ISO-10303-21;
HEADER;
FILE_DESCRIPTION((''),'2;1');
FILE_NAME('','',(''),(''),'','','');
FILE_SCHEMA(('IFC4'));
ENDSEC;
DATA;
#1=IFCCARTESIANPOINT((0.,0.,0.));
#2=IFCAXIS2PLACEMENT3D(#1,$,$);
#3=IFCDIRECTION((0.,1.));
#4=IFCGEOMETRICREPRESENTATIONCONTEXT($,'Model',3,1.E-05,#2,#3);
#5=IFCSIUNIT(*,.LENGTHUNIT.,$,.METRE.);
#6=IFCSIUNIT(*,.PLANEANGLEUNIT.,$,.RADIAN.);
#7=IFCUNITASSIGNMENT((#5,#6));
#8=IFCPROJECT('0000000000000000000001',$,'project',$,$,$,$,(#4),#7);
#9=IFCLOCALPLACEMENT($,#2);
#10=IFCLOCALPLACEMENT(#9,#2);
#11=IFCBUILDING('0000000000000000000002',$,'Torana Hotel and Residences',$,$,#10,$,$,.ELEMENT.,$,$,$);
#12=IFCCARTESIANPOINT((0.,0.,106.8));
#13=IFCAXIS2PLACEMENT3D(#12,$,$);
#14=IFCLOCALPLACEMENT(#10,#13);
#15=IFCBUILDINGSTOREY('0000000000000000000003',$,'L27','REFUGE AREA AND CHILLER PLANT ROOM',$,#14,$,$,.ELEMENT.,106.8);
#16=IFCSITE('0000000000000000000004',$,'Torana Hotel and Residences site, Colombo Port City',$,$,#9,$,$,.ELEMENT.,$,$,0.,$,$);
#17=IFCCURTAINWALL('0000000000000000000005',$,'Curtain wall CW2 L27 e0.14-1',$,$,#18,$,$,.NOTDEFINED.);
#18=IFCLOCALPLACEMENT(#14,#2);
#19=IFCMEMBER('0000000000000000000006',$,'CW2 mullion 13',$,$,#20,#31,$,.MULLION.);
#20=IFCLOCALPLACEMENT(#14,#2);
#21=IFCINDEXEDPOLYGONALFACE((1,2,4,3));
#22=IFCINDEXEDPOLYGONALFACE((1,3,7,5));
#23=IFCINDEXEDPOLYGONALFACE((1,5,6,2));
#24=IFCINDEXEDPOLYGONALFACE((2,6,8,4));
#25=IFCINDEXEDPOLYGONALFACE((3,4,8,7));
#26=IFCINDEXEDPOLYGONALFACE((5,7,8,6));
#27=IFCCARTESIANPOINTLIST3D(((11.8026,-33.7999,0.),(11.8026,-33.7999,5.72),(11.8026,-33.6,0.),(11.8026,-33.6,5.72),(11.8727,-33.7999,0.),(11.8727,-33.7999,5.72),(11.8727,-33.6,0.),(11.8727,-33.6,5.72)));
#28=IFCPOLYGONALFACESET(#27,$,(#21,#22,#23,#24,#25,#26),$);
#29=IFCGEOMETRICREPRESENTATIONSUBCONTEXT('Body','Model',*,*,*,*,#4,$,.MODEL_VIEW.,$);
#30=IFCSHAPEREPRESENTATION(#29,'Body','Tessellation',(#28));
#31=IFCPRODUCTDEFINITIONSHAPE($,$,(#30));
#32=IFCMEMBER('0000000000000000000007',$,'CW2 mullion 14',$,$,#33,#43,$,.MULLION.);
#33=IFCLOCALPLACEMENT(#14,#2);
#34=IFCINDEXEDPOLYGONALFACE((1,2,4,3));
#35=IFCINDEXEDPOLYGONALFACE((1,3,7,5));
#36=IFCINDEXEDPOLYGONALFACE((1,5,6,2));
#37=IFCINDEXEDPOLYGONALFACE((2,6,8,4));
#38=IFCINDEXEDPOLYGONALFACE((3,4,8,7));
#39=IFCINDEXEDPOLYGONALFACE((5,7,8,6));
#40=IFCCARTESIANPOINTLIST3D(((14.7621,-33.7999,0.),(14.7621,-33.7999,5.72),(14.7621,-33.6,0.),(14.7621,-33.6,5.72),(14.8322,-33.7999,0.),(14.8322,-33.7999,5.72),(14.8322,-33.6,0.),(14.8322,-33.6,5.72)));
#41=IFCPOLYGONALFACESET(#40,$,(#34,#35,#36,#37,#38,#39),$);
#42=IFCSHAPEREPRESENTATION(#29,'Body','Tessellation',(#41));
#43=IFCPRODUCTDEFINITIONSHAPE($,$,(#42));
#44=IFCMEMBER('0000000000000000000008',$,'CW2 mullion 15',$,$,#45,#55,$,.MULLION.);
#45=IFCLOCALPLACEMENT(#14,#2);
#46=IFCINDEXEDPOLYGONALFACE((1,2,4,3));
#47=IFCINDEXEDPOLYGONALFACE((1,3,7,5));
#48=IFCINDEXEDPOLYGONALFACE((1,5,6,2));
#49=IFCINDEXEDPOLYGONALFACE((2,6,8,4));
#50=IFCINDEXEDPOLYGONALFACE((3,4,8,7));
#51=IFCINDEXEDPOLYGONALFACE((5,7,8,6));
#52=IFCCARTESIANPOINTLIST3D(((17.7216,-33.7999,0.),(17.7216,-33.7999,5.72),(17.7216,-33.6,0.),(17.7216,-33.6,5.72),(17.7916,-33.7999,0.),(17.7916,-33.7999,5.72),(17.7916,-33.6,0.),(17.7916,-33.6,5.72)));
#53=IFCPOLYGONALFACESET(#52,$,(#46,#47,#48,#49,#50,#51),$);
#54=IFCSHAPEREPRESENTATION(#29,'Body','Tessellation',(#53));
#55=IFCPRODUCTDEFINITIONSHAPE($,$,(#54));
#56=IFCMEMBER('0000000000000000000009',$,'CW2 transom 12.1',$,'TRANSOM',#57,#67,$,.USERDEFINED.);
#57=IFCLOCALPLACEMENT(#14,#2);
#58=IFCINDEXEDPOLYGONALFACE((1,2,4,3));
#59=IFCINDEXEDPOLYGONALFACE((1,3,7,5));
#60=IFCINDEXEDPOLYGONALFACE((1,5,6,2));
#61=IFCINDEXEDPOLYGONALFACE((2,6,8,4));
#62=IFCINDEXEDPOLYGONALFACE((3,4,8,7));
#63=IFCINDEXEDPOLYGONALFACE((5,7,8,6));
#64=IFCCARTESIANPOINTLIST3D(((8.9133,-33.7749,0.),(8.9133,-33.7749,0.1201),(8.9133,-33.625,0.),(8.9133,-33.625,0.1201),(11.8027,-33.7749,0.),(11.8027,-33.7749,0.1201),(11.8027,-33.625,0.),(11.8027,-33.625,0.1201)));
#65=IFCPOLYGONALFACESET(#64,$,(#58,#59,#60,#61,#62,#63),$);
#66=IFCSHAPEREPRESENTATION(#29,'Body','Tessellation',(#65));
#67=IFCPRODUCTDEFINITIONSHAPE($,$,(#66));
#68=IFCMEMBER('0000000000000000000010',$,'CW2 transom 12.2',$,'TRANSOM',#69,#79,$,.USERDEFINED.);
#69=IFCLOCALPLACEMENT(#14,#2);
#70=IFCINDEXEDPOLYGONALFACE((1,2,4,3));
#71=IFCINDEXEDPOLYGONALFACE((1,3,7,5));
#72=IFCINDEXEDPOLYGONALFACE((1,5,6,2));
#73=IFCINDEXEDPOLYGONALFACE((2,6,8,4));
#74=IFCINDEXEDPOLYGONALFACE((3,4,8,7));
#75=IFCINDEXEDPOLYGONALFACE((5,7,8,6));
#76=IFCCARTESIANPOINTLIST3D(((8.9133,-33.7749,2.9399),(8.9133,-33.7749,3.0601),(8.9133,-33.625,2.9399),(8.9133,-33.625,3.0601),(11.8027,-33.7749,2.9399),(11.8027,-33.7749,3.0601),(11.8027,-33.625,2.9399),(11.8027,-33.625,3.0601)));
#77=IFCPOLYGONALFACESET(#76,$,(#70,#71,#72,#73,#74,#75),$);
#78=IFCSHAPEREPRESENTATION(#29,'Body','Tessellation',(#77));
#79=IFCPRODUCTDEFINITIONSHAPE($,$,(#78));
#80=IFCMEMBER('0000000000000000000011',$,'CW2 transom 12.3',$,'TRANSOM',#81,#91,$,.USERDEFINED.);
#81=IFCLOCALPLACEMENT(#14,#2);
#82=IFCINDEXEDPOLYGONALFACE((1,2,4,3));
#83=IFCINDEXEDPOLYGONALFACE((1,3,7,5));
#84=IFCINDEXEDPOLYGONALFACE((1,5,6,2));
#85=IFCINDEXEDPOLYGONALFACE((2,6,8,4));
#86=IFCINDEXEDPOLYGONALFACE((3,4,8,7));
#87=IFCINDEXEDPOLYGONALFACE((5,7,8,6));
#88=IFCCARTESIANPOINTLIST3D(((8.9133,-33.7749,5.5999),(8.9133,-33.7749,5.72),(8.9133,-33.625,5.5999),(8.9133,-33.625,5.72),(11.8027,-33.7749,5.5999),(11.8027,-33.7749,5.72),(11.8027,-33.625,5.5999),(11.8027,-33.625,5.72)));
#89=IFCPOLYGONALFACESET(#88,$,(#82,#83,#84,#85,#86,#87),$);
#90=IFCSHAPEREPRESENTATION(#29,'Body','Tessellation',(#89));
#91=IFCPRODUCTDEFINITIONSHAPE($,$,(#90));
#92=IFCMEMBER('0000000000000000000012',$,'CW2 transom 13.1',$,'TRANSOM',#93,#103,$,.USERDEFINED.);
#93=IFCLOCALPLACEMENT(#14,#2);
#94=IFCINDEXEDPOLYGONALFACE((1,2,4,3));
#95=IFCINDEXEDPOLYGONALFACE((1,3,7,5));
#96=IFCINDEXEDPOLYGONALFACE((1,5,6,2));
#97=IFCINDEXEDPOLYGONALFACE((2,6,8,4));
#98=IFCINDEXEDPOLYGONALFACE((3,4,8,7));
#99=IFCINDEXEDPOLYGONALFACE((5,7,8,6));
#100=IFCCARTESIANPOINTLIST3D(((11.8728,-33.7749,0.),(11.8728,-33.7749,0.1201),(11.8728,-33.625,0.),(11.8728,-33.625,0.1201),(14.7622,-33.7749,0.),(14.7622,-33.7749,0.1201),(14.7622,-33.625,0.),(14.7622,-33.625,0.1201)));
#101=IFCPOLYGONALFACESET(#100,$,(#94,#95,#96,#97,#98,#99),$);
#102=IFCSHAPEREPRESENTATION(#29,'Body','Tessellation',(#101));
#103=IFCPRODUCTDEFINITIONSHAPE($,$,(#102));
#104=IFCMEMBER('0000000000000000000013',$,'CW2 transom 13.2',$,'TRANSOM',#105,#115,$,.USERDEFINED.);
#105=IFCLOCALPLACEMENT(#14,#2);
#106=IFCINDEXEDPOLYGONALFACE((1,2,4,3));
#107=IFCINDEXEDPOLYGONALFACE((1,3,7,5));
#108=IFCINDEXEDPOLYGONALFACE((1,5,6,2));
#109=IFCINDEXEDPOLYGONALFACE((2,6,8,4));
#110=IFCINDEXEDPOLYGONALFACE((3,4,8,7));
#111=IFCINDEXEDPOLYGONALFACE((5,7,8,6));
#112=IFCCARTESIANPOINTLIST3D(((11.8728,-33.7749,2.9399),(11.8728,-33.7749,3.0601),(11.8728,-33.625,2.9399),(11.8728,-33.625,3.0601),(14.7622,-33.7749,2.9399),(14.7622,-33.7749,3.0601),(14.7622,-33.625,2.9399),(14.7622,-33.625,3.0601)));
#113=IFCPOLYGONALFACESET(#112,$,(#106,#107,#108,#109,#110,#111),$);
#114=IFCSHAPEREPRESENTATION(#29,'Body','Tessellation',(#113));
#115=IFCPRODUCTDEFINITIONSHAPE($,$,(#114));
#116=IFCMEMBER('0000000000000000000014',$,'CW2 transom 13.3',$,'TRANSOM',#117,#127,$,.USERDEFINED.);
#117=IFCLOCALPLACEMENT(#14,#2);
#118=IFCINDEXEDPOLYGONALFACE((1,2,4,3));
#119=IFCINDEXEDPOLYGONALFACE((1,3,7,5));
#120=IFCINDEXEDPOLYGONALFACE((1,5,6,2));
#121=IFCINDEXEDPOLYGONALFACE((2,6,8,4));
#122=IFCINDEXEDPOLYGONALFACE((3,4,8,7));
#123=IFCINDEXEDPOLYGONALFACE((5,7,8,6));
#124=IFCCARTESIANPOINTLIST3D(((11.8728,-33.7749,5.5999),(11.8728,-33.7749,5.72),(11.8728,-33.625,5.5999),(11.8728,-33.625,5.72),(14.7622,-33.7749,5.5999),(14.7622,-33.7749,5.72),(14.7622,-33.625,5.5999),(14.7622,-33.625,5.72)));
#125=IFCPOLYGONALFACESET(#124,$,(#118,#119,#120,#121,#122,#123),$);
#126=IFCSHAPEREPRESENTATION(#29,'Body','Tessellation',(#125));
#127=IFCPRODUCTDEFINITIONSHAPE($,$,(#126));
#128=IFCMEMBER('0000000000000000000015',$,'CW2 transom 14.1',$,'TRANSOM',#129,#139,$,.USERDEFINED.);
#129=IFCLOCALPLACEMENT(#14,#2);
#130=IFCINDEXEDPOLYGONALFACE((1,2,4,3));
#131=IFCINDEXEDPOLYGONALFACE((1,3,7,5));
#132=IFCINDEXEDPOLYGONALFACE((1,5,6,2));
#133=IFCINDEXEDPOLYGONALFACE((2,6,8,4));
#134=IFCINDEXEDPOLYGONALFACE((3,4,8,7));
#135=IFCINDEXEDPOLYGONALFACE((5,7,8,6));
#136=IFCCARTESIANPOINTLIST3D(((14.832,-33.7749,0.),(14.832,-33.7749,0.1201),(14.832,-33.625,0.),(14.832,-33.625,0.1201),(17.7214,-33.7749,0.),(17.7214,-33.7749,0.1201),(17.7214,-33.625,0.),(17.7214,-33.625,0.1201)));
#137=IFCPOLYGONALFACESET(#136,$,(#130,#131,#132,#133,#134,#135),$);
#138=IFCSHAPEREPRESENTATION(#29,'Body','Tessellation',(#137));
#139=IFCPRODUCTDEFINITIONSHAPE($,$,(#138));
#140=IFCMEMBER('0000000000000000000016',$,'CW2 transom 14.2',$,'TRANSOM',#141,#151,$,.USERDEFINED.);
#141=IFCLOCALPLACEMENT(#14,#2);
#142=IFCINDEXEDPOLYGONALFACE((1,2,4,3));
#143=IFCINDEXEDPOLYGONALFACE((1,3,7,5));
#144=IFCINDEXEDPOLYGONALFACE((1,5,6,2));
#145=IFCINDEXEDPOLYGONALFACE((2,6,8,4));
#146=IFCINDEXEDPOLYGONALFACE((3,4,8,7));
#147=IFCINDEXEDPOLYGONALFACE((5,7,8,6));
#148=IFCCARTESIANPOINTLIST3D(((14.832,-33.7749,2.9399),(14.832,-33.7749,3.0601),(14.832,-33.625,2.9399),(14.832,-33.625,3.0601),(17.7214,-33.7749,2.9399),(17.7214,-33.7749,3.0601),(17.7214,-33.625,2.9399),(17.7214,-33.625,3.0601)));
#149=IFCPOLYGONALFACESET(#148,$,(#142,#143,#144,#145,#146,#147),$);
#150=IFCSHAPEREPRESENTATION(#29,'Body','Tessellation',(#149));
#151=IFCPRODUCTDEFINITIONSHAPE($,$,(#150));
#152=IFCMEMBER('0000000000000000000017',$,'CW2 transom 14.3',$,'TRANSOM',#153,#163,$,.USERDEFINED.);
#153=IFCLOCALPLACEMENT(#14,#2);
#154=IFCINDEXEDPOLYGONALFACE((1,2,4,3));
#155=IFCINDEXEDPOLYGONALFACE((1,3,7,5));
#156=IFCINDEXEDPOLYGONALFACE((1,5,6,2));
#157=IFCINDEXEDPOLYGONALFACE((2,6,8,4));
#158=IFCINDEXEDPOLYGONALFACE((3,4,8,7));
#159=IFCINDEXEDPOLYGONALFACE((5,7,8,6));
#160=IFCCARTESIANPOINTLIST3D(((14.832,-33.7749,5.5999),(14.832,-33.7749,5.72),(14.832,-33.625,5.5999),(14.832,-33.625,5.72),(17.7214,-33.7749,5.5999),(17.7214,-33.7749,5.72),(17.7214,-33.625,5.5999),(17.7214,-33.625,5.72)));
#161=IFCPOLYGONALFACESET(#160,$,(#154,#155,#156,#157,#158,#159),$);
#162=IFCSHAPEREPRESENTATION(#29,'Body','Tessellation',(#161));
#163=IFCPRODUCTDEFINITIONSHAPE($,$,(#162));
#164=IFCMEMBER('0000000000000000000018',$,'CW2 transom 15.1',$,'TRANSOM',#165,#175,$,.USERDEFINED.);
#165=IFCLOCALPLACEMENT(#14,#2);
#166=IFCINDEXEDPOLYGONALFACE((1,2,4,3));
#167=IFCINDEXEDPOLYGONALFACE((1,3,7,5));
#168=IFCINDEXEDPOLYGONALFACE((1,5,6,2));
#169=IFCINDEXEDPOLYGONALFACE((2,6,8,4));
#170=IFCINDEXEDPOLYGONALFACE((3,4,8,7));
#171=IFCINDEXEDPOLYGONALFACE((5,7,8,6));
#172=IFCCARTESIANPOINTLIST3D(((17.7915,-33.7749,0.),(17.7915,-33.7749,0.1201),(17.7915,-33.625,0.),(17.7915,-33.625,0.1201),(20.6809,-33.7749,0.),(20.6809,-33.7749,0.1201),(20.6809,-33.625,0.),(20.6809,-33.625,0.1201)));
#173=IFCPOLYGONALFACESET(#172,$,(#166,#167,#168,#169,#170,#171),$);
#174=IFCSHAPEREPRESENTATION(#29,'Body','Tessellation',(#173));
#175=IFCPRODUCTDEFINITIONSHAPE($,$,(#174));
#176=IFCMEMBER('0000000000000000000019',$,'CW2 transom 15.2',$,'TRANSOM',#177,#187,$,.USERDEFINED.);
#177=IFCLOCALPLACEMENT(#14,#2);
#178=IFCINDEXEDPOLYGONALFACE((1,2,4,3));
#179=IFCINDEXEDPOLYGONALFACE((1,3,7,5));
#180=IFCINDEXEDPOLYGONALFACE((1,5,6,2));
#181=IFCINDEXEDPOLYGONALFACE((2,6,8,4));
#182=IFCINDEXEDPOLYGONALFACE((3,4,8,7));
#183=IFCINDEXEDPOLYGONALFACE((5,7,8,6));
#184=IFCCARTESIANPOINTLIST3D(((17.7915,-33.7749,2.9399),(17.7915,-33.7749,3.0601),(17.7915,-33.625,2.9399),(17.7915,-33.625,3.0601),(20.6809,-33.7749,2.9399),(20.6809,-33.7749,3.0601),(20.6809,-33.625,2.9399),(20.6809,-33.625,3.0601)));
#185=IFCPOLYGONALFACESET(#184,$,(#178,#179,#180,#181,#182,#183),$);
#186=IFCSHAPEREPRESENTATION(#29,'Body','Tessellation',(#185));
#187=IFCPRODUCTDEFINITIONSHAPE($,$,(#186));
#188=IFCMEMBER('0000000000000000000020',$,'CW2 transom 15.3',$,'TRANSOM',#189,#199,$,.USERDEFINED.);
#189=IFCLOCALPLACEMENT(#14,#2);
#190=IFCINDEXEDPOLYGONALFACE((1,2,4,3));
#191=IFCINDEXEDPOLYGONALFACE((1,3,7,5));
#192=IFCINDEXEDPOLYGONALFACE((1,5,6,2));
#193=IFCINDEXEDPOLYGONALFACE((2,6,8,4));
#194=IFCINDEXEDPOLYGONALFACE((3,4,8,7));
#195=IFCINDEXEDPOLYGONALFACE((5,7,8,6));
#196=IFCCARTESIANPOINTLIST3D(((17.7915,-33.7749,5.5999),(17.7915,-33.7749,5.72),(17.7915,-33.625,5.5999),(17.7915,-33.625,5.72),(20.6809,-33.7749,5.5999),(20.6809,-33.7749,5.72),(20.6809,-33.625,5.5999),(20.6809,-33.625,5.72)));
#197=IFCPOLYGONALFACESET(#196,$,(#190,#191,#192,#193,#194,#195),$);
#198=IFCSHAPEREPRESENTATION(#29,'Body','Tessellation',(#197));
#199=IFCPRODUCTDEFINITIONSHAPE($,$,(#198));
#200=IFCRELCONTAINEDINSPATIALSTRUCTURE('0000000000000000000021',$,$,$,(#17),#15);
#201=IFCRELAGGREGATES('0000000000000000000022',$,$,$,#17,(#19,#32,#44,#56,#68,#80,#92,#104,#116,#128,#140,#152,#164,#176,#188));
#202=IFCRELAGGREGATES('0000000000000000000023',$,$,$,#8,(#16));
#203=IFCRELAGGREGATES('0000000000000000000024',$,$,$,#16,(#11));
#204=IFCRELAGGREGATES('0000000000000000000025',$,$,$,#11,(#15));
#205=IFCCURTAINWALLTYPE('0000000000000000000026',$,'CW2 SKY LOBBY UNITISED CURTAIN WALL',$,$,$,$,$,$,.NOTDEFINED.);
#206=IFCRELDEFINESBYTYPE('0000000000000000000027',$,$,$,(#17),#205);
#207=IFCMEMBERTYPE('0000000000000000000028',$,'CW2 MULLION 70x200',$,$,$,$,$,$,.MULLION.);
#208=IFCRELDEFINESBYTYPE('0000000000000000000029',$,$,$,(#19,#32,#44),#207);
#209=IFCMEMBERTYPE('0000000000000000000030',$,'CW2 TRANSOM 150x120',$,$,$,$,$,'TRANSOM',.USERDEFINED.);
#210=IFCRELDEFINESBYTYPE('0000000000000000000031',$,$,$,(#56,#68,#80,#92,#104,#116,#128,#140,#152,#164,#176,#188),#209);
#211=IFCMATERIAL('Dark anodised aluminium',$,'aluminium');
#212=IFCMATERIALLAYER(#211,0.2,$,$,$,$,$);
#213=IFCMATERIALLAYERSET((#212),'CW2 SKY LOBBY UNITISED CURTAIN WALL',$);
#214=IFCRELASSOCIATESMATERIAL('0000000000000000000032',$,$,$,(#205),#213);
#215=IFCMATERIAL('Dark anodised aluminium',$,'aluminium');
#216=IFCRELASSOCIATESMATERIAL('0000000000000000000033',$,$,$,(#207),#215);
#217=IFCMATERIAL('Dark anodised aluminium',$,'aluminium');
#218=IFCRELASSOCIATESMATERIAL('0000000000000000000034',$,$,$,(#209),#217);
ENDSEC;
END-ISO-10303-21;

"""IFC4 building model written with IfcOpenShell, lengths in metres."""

from ifc_helpers import new_model, si_unit, direction, frame, origin, origin_2d, place, context, subcontext, project, spatial, rectangle, extrude, material, layer, layer_set, material_profile, profile_set, type_object, element, aggregate, save


model = new_model("IFC4")

# Units and contexts
model_context = context("Model", 3, precision=1e-05, world=origin(), true_north=direction((0.0, 1.0)))
body_context = subcontext(model_context, "Body", "Model", "MODEL_VIEW")
ifc_project = project(units=[si_unit("LENGTHUNIT", "METRE"), si_unit("PLANEANGLEUNIT", "RADIAN")], contexts=[model_context])

# Site, building, storey
site_placement = place(None, origin())
site = spatial("IfcSite", under=ifc_project, at=site_placement, Name="Torana Hotel and Residences site, Colombo Port City", CompositionType="ELEMENT", RefElevation=0.0)
building_placement = place(site_placement, origin())
building = spatial("IfcBuilding", under=site, at=building_placement, Name="Torana Hotel and Residences", CompositionType="ELEMENT")
storey_placement = place(building_placement, frame((0.0, 0.0, 106.8)))
storey = spatial("IfcBuildingStorey", under=building, at=storey_placement, Name="L27", Description="REFUGE AREA AND CHILLER PLANT ROOM", CompositionType="ELEMENT", Elevation=106.8)

# Curtain wall, members
ifc_material_1 = material(Name="Dark anodised aluminium", Category="aluminium")
ifc_layer_1 = layer(ifc_material_1, 0.2)
ifc_layer_set_1 = layer_set([ifc_layer_1], Name="CW2 SKY LOBBY UNITISED CURTAIN WALL")
curtain_wall_type = type_object("IfcCurtainWallType", Name="CW2 SKY LOBBY UNITISED CURTAIN WALL", PredefinedType="NOTDEFINED", material=ifc_layer_set_1)
curtain_wall_placement = place(storey_placement, origin())
curtain_wall = element("IfcCurtainWall", 1, at=curtain_wall_placement, inside=storey, type_object=curtain_wall_type, Name="Curtain wall CW2 L27 e0.14-1", PredefinedType="NOTDEFINED")
ifc_material_2 = material(Name="Dark anodised aluminium", Category="aluminium")
ifc_material_profile_1 = material_profile(ifc_material_2, rectangle(XDim=0.2, YDim=0.0701, at=origin_2d()), Name="CW2 MULLION 70x200")
ifc_profile_set_1 = profile_set([ifc_material_profile_1], Name="Dark anodised aluminium")
member_type_1 = type_object("IfcMemberType", Name="CW2 MULLION 70x200", PredefinedType="MULLION", material=ifc_profile_set_1)
member_1_placement = place(storey_placement, frame((11.8376, -33.7, 0.0), z_axis=(0.0, 0.0, 1.0), x_axis=(0.0, 1.0, 0.0)))
member_1 = element("IfcMember", 2, at=member_1_placement, type_object=member_type_1, Name="CW2 mullion 13", PredefinedType="MULLION", context=body_context, shape_type="SweptSolid", body=[
    extrude(rectangle(XDim=0.2, YDim=0.0701, at=origin_2d()), origin(), (0.0, 0.0, 1.0), 5.72),
])
member_2_placement = place(storey_placement, frame((14.7971, -33.7, 0.0), z_axis=(0.0, 0.0, 1.0), x_axis=(0.0, 1.0, 0.0)))
member_2 = element("IfcMember", 3, at=member_2_placement, type_object=member_type_1, Name="CW2 mullion 14", PredefinedType="MULLION", context=body_context, shape_type="SweptSolid", body=[
    extrude(rectangle(XDim=0.2, YDim=0.0701, at=origin_2d()), origin(), (0.0, 0.0, 1.0), 5.72),
])
member_3_placement = place(storey_placement, frame((17.7566, -33.7, 0.0), z_axis=(0.0, 0.0, 1.0), x_axis=(0.0, 1.0, 0.0)))
member_3 = element("IfcMember", 4, at=member_3_placement, type_object=member_type_1, Name="CW2 mullion 15", PredefinedType="MULLION", context=body_context, shape_type="SweptSolid", body=[
    extrude(rectangle(XDim=0.2, YDim=0.0701, at=origin_2d()), origin(), (0.0, 0.0, 1.0), 5.72),
])
ifc_material_3 = material(Name="Dark anodised aluminium", Category="aluminium")
ifc_material_profile_2 = material_profile(ifc_material_3, rectangle(XDim=0.1499, YDim=0.1201, at=origin_2d()), Name="CW2 TRANSOM 150x120")
ifc_profile_set_2 = profile_set([ifc_material_profile_2], Name="Dark anodised aluminium")
member_type_2 = type_object("IfcMemberType", Name="CW2 TRANSOM 150x120", ElementType="TRANSOM", PredefinedType="USERDEFINED", material=ifc_profile_set_2)
member_4_placement = place(storey_placement, frame((8.9133, -33.7, 0.0601), z_axis=(1.0, 0.0, 0.0), x_axis=(0.0, 1.0, 0.0)))
member_4 = element("IfcMember", 5, at=member_4_placement, type_object=member_type_2, Name="CW2 transom 12.1", ObjectType="TRANSOM", PredefinedType="USERDEFINED", context=body_context, shape_type="SweptSolid", body=[
    extrude(rectangle(XDim=0.1499, YDim=0.1201, at=origin_2d()), origin(), (0.0, 0.0, 1.0), 2.8894),
])
member_5_placement = place(storey_placement, frame((8.9133, -33.7, 3.0), z_axis=(1.0, 0.0, 0.0), x_axis=(0.0, 1.0, 0.0)))
member_5 = element("IfcMember", 6, at=member_5_placement, type_object=member_type_2, Name="CW2 transom 12.2", ObjectType="TRANSOM", PredefinedType="USERDEFINED", context=body_context, shape_type="SweptSolid", body=[
    extrude(rectangle(XDim=0.1499, YDim=0.1201, at=origin_2d()), origin(), (0.0, 0.0, 1.0), 2.8894),
])
member_6_placement = place(storey_placement, frame((8.9133, -33.7, 5.6599), z_axis=(1.0, 0.0, 0.0), x_axis=(0.0, 1.0, 0.0)))
member_6 = element("IfcMember", 7, at=member_6_placement, type_object=member_type_2, Name="CW2 transom 12.3", ObjectType="TRANSOM", PredefinedType="USERDEFINED", context=body_context, shape_type="SweptSolid", body=[
    extrude(rectangle(XDim=0.1499, YDim=0.1201, at=origin_2d()), origin(), (0.0, 0.0, 1.0), 2.8894),
])
member_7_placement = place(storey_placement, frame((11.8728, -33.7, 0.0601), z_axis=(1.0, 0.0, 0.0), x_axis=(0.0, 1.0, 0.0)))
member_7 = element("IfcMember", 8, at=member_7_placement, type_object=member_type_2, Name="CW2 transom 13.1", ObjectType="TRANSOM", PredefinedType="USERDEFINED", context=body_context, shape_type="SweptSolid", body=[
    extrude(rectangle(XDim=0.1499, YDim=0.1201, at=origin_2d()), origin(), (0.0, 0.0, 1.0), 2.8894),
])
member_8_placement = place(storey_placement, frame((11.8728, -33.7, 3.0), z_axis=(1.0, 0.0, 0.0), x_axis=(0.0, 1.0, 0.0)))
member_8 = element("IfcMember", 9, at=member_8_placement, type_object=member_type_2, Name="CW2 transom 13.2", ObjectType="TRANSOM", PredefinedType="USERDEFINED", context=body_context, shape_type="SweptSolid", body=[
    extrude(rectangle(XDim=0.1499, YDim=0.1201, at=origin_2d()), origin(), (0.0, 0.0, 1.0), 2.8894),
])
member_9_placement = place(storey_placement, frame((11.8728, -33.7, 5.6599), z_axis=(1.0, 0.0, 0.0), x_axis=(0.0, 1.0, 0.0)))
member_9 = element("IfcMember", 10, at=member_9_placement, type_object=member_type_2, Name="CW2 transom 13.3", ObjectType="TRANSOM", PredefinedType="USERDEFINED", context=body_context, shape_type="SweptSolid", body=[
    extrude(rectangle(XDim=0.1499, YDim=0.1201, at=origin_2d()), origin(), (0.0, 0.0, 1.0), 2.8894),
])
member_10_placement = place(storey_placement, frame((14.832, -33.7, 0.0601), z_axis=(1.0, 0.0, 0.0), x_axis=(0.0, 1.0, 0.0)))
member_10 = element("IfcMember", 11, at=member_10_placement, type_object=member_type_2, Name="CW2 transom 14.1", ObjectType="TRANSOM", PredefinedType="USERDEFINED", context=body_context, shape_type="SweptSolid", body=[
    extrude(rectangle(XDim=0.1499, YDim=0.1201, at=origin_2d()), origin(), (0.0, 0.0, 1.0), 2.8894),
])
member_11_placement = place(storey_placement, frame((14.832, -33.7, 3.0), z_axis=(1.0, 0.0, 0.0), x_axis=(0.0, 1.0, 0.0)))
member_11 = element("IfcMember", 12, at=member_11_placement, type_object=member_type_2, Name="CW2 transom 14.2", ObjectType="TRANSOM", PredefinedType="USERDEFINED", context=body_context, shape_type="SweptSolid", body=[
    extrude(rectangle(XDim=0.1499, YDim=0.1201, at=origin_2d()), origin(), (0.0, 0.0, 1.0), 2.8894),
])
member_12_placement = place(storey_placement, frame((14.832, -33.7, 5.6599), z_axis=(1.0, 0.0, 0.0), x_axis=(0.0, 1.0, 0.0)))
member_12 = element("IfcMember", 13, at=member_12_placement, type_object=member_type_2, Name="CW2 transom 14.3", ObjectType="TRANSOM", PredefinedType="USERDEFINED", context=body_context, shape_type="SweptSolid", body=[
    extrude(rectangle(XDim=0.1499, YDim=0.1201, at=origin_2d()), origin(), (0.0, 0.0, 1.0), 2.8894),
])
member_13_placement = place(storey_placement, frame((17.7915, -33.7, 0.0601), z_axis=(1.0, 0.0, 0.0), x_axis=(0.0, 1.0, 0.0)))
member_13 = element("IfcMember", 14, at=member_13_placement, type_object=member_type_2, Name="CW2 transom 15.1", ObjectType="TRANSOM", PredefinedType="USERDEFINED", context=body_context, shape_type="SweptSolid", body=[
    extrude(rectangle(XDim=0.1499, YDim=0.1201, at=origin_2d()), origin(), (0.0, 0.0, 1.0), 2.8894),
])
member_14_placement = place(storey_placement, frame((17.7915, -33.7, 3.0), z_axis=(1.0, 0.0, 0.0), x_axis=(0.0, 1.0, 0.0)))
member_14 = element("IfcMember", 15, at=member_14_placement, type_object=member_type_2, Name="CW2 transom 15.2", ObjectType="TRANSOM", PredefinedType="USERDEFINED", context=body_context, shape_type="SweptSolid", body=[
    extrude(rectangle(XDim=0.1499, YDim=0.1201, at=origin_2d()), origin(), (0.0, 0.0, 1.0), 2.8894),
])
member_15_placement = place(storey_placement, frame((17.7915, -33.7, 5.6599), z_axis=(1.0, 0.0, 0.0), x_axis=(0.0, 1.0, 0.0)))
member_15 = element("IfcMember", 16, at=member_15_placement, type_object=member_type_2, Name="CW2 transom 15.3", ObjectType="TRANSOM", PredefinedType="USERDEFINED", context=body_context, shape_type="SweptSolid", body=[
    extrude(rectangle(XDim=0.1499, YDim=0.1201, at=origin_2d()), origin(), (0.0, 0.0, 1.0), 2.8894),
])

aggregate(curtain_wall, [member_1, member_2, member_3, member_4, member_5, member_6, member_7, member_8, member_9, member_10, member_11, member_12, member_13, member_14, member_15])

save(model, "model.ifc")
